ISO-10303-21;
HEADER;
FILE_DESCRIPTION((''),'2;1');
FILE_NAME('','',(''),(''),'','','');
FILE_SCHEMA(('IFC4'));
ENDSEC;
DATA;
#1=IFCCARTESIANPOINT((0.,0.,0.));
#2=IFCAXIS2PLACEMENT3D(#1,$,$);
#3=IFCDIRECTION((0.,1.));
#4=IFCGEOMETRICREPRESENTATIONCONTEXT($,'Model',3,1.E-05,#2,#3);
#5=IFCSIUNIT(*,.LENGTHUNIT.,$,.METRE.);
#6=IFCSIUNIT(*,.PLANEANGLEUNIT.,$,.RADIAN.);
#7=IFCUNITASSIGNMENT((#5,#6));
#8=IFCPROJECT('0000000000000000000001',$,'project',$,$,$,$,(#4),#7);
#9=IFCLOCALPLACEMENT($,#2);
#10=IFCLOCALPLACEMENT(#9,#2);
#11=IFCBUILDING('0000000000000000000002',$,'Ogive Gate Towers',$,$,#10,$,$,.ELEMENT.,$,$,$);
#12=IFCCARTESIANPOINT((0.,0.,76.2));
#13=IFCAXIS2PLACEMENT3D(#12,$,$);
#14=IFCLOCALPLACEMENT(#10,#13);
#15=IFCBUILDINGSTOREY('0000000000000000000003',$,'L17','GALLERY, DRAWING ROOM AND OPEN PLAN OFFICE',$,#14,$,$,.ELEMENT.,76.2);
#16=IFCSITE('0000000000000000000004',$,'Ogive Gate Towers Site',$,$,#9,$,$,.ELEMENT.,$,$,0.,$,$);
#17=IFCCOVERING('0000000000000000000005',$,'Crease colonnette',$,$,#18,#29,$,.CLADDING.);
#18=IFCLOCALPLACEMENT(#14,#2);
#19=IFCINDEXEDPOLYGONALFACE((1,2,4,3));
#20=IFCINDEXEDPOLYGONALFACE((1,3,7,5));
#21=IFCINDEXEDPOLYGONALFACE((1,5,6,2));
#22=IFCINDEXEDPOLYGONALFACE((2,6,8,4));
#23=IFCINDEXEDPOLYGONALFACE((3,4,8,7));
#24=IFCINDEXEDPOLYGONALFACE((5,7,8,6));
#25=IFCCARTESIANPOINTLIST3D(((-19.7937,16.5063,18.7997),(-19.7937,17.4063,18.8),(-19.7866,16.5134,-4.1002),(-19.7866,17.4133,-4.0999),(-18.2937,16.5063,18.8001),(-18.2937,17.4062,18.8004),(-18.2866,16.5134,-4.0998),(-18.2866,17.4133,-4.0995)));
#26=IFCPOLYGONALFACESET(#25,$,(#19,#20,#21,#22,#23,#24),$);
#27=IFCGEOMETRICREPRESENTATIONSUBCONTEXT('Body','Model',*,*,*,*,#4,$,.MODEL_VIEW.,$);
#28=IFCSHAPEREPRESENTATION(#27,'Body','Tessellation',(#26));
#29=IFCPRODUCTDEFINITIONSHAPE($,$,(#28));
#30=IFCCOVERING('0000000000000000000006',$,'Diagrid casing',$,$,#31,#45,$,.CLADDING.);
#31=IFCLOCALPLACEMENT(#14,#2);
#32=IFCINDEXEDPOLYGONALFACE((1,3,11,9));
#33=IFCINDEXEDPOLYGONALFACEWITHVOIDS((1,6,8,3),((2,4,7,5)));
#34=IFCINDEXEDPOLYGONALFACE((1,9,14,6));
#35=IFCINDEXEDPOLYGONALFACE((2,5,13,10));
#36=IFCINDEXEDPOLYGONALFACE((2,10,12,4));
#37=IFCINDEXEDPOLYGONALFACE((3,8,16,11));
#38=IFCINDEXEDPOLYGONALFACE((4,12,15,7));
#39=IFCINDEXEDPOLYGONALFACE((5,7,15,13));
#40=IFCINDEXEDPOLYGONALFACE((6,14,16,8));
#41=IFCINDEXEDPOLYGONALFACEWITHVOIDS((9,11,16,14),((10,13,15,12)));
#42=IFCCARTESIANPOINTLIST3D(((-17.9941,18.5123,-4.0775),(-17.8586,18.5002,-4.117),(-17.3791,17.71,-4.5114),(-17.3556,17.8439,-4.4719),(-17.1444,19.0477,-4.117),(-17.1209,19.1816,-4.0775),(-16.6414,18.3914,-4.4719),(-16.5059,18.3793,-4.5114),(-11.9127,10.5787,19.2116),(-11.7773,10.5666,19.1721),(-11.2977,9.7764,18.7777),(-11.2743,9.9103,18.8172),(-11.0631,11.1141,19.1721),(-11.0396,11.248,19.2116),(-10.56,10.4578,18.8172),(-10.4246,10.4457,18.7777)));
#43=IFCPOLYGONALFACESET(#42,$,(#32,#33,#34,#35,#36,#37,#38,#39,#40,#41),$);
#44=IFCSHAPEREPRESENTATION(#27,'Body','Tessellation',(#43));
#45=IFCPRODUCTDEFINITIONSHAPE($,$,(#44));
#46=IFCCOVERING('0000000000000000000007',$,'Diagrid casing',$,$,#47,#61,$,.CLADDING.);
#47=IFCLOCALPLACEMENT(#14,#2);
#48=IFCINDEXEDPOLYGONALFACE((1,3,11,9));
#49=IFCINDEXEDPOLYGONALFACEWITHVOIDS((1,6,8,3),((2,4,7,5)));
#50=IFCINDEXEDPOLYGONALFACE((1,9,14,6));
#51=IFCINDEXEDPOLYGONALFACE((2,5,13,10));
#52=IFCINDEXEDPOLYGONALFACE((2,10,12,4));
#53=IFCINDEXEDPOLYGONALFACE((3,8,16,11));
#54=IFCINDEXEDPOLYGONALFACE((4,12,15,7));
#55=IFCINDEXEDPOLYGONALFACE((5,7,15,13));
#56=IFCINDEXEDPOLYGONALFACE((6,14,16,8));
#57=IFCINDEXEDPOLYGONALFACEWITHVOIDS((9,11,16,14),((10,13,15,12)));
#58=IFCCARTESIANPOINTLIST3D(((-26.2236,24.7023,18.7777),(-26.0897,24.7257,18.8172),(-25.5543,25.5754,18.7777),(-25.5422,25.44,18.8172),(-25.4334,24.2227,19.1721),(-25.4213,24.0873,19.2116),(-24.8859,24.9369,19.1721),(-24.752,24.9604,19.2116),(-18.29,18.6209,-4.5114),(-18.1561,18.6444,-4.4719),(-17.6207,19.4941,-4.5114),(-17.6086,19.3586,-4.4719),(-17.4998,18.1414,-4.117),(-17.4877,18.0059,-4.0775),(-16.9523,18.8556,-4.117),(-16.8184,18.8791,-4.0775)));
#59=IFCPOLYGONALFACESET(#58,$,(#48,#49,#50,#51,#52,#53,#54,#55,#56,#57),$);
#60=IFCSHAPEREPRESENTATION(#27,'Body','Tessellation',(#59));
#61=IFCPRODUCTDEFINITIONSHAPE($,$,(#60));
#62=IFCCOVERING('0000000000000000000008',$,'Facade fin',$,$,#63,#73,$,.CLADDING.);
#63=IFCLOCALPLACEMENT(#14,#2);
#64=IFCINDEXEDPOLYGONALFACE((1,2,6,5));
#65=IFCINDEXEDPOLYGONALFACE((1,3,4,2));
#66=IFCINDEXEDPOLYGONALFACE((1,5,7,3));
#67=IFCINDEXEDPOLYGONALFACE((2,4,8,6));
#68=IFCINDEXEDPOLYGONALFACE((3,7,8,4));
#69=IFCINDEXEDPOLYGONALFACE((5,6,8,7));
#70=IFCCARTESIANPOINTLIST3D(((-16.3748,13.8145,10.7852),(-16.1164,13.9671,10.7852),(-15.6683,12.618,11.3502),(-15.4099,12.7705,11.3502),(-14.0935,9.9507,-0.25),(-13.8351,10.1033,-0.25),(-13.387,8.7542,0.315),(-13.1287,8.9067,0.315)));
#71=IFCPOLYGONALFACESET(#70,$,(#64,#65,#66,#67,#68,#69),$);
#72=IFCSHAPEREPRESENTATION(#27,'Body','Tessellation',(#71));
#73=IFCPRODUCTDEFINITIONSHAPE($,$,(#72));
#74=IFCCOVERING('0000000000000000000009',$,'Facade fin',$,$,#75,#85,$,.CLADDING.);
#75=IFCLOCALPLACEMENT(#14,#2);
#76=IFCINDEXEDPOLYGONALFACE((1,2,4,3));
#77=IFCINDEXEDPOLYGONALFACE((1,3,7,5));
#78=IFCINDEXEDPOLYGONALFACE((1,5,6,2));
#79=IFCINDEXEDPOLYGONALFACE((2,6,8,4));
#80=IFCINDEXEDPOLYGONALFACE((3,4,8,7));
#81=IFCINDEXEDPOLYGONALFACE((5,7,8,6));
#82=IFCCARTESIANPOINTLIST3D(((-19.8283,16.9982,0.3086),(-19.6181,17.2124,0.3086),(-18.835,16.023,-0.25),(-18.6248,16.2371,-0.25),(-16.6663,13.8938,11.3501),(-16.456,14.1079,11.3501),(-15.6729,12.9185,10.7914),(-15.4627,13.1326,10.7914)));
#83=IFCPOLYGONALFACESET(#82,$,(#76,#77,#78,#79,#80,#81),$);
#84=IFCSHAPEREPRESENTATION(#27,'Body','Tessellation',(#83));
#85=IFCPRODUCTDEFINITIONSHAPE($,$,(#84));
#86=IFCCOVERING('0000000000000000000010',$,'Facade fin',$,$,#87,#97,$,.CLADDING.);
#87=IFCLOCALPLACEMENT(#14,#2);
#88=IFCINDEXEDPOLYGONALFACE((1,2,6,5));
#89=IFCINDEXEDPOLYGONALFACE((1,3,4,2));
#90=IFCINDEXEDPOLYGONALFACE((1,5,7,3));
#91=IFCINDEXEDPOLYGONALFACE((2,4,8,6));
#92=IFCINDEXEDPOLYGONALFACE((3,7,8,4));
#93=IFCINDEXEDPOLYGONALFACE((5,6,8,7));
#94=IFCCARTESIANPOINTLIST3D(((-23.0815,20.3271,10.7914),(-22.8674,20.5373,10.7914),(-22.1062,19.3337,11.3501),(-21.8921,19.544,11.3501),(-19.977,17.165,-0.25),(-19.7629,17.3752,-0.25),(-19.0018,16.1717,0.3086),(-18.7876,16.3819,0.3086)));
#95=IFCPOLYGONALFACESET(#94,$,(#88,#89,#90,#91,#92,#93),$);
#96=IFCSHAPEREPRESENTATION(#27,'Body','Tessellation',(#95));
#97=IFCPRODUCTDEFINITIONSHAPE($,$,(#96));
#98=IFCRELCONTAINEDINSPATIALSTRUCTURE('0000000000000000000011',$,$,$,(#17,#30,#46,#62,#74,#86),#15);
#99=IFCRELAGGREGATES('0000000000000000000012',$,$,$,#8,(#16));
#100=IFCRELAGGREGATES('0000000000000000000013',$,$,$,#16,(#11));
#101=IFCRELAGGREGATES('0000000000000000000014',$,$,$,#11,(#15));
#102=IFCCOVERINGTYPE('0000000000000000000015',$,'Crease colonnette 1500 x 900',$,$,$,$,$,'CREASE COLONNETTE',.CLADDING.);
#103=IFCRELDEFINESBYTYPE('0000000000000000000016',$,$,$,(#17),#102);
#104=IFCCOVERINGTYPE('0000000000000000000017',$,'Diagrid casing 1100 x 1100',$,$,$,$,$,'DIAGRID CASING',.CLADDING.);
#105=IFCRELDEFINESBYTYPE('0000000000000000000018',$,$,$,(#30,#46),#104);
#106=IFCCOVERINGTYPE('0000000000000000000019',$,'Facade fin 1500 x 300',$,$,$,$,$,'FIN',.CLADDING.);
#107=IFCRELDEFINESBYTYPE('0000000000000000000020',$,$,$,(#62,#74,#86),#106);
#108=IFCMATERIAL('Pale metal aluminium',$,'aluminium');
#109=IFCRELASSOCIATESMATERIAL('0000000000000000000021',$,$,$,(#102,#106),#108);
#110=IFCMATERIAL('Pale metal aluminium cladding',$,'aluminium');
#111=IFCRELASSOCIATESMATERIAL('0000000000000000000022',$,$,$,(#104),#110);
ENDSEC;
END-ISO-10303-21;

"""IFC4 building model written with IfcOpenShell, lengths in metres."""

from ifc_helpers import new_model, si_unit, direction, frame, origin, origin_2d, place, context, subcontext, project, spatial, rectangle, hollow_rectangle, extrude, material, material_profile, profile_set, type_object, element, save


model = new_model("IFC4")

# Units and contexts
model_context = context("Model", 3, precision=1e-05, world=origin(), true_north=direction((0.0, 1.0)))
body_context = subcontext(model_context, "Body", "Model", "MODEL_VIEW")
ifc_project = project(units=[si_unit("LENGTHUNIT", "METRE"), si_unit("PLANEANGLEUNIT", "RADIAN")], contexts=[model_context])

# Site, building, storey
site_placement = place(None, origin())
site = spatial("IfcSite", under=ifc_project, at=site_placement, Name="Ogive Gate Towers Site", CompositionType="ELEMENT", RefElevation=0.0)
building_placement = place(site_placement, origin())
building = spatial("IfcBuilding", under=site, at=building_placement, Name="Ogive Gate Towers", CompositionType="ELEMENT")
storey_placement = place(building_placement, frame((0.0, 0.0, 76.2)))
storey = spatial("IfcBuildingStorey", under=building, at=storey_placement, Name="L17", Description="GALLERY, DRAWING ROOM AND OPEN PLAN OFFICE", CompositionType="ELEMENT", Elevation=76.2)

# Shared definitions
ifc_material_1 = material(Name="Pale metal aluminium", Category="aluminium")

# Coverings
ifc_material_profile_1 = material_profile(ifc_material_1, rectangle(XDim=1.5, YDim=0.8999, at=origin_2d()), Name="1500 x 900 pale metal aluminium")
ifc_profile_set_1 = profile_set([ifc_material_profile_1], Name="Pale metal aluminium")
covering_type_1 = type_object("IfcCoveringType", Name="Crease colonnette 1500 x 900", ElementType="CREASE COLONNETTE", PredefinedType="CLADDING", material=ifc_profile_set_1)
covering_1_placement = place(storey_placement, frame((-19.0366, 16.9634, -4.0999), z_axis=(-0.000309, -0.000309, 1.0), x_axis=(1.0, 0.0, 0.0)))
element("IfcCovering", 1, at=covering_1_placement, inside=storey, type_object=covering_type_1, Name="Crease colonnette", PredefinedType="CLADDING", context=body_context, shape_type="SweptSolid", body=[
    extrude(rectangle(XDim=1.5, YDim=0.8999, at=origin_2d()), origin(), (0.0, 0.0, 1.0), 22.8999),
])
ifc_material_2 = material(Name="Pale metal aluminium cladding", Category="aluminium")
ifc_material_profile_2 = material_profile(ifc_material_2, hollow_rectangle(XDim=1.1001, YDim=1.1001, WallThickness=0.1001, at=origin_2d()), Name="1100 x 1100 pale metal casing")
ifc_profile_set_2 = profile_set([ifc_material_profile_2], Name="Pale metal aluminium cladding")
covering_type_2 = type_object("IfcCoveringType", Name="Diagrid casing 1100 x 1100", ElementType="DIAGRID CASING", PredefinedType="CLADDING", material=ifc_profile_set_2)
for number, where, z_axis, x_axis, name in (
    (2, (-17.25, 18.4458, -4.2944), (0.239953, -0.31304, 0.918928), (0.793661, 0.608361, 0.0), "Diagrid casing"),
    (3, (-17.5542, 18.75, -4.2944), (-0.31304, 0.239953, 0.918928), (-0.608361, -0.793661, 0.0), "Diagrid casing"),
):
    element("IfcCovering", number, at=place(storey_placement, frame(where, z_axis=z_axis, x_axis=x_axis)), inside=storey, type_object=covering_type_2, Name=name, PredefinedType="CLADDING", context=body_context, shape_type="SweptSolid", body=[
        extrude(hollow_rectangle(XDim=1.1001, YDim=1.1001, WallThickness=0.1001, at=origin_2d()), origin(), (0.0, 0.0, 1.0), 25.3438),
    ])
ifc_material_profile_3 = material_profile(ifc_material_1, rectangle(XDim=0.3, YDim=1.5, at=origin_2d()), Name="1500 x 300 pale metal aluminium")
ifc_profile_set_3 = profile_set([ifc_material_profile_3], Name="Pale metal aluminium")
covering_type_3 = type_object("IfcCoveringType", Name="Facade fin 1500 x 300", ElementType="FIN", PredefinedType="CLADDING", material=ifc_profile_set_3)
covering_2_placement = place(storey_placement, frame((-13.6111, 9.4287, 0.0325), z_axis=(-0.191501, 0.324346, 0.926352), x_axis=(-0.861111, -0.508418, 0.0)))
element("IfcCovering", 4, at=covering_2_placement, inside=storey, type_object=covering_type_3, Name="Facade fin", PredefinedType="CLADDING", context=body_context, shape_type="SweptSolid", body=[
    extrude(rectangle(XDim=0.3, YDim=1.5, at=origin_2d()), origin(), (0.0, 0.0, 1.0), 11.9126),
])
for number, where, z_axis, x_axis, name in (
    (5, (-19.2266, 16.6177, 0.0293), (0.265778, -0.260935, 0.928049), (0.700576, 0.713578, 0.0), "Facade fin"),
    (6, (-19.3823, 16.7734, 0.0293), (-0.260935, 0.265778, 0.928049), (-0.713578, -0.700576, 0.0), "Facade fin"),
):
    element("IfcCovering", number, at=place(storey_placement, frame(where, z_axis=z_axis, x_axis=x_axis)), inside=storey, type_object=covering_type_3, Name=name, PredefinedType="CLADDING", context=body_context, shape_type="SweptSolid", body=[
        extrude(rectangle(XDim=0.3, YDim=1.5, at=origin_2d()), origin(), (0.0, 0.0, 1.0), 11.8975),
    ])

save(model, "model.ifc")
